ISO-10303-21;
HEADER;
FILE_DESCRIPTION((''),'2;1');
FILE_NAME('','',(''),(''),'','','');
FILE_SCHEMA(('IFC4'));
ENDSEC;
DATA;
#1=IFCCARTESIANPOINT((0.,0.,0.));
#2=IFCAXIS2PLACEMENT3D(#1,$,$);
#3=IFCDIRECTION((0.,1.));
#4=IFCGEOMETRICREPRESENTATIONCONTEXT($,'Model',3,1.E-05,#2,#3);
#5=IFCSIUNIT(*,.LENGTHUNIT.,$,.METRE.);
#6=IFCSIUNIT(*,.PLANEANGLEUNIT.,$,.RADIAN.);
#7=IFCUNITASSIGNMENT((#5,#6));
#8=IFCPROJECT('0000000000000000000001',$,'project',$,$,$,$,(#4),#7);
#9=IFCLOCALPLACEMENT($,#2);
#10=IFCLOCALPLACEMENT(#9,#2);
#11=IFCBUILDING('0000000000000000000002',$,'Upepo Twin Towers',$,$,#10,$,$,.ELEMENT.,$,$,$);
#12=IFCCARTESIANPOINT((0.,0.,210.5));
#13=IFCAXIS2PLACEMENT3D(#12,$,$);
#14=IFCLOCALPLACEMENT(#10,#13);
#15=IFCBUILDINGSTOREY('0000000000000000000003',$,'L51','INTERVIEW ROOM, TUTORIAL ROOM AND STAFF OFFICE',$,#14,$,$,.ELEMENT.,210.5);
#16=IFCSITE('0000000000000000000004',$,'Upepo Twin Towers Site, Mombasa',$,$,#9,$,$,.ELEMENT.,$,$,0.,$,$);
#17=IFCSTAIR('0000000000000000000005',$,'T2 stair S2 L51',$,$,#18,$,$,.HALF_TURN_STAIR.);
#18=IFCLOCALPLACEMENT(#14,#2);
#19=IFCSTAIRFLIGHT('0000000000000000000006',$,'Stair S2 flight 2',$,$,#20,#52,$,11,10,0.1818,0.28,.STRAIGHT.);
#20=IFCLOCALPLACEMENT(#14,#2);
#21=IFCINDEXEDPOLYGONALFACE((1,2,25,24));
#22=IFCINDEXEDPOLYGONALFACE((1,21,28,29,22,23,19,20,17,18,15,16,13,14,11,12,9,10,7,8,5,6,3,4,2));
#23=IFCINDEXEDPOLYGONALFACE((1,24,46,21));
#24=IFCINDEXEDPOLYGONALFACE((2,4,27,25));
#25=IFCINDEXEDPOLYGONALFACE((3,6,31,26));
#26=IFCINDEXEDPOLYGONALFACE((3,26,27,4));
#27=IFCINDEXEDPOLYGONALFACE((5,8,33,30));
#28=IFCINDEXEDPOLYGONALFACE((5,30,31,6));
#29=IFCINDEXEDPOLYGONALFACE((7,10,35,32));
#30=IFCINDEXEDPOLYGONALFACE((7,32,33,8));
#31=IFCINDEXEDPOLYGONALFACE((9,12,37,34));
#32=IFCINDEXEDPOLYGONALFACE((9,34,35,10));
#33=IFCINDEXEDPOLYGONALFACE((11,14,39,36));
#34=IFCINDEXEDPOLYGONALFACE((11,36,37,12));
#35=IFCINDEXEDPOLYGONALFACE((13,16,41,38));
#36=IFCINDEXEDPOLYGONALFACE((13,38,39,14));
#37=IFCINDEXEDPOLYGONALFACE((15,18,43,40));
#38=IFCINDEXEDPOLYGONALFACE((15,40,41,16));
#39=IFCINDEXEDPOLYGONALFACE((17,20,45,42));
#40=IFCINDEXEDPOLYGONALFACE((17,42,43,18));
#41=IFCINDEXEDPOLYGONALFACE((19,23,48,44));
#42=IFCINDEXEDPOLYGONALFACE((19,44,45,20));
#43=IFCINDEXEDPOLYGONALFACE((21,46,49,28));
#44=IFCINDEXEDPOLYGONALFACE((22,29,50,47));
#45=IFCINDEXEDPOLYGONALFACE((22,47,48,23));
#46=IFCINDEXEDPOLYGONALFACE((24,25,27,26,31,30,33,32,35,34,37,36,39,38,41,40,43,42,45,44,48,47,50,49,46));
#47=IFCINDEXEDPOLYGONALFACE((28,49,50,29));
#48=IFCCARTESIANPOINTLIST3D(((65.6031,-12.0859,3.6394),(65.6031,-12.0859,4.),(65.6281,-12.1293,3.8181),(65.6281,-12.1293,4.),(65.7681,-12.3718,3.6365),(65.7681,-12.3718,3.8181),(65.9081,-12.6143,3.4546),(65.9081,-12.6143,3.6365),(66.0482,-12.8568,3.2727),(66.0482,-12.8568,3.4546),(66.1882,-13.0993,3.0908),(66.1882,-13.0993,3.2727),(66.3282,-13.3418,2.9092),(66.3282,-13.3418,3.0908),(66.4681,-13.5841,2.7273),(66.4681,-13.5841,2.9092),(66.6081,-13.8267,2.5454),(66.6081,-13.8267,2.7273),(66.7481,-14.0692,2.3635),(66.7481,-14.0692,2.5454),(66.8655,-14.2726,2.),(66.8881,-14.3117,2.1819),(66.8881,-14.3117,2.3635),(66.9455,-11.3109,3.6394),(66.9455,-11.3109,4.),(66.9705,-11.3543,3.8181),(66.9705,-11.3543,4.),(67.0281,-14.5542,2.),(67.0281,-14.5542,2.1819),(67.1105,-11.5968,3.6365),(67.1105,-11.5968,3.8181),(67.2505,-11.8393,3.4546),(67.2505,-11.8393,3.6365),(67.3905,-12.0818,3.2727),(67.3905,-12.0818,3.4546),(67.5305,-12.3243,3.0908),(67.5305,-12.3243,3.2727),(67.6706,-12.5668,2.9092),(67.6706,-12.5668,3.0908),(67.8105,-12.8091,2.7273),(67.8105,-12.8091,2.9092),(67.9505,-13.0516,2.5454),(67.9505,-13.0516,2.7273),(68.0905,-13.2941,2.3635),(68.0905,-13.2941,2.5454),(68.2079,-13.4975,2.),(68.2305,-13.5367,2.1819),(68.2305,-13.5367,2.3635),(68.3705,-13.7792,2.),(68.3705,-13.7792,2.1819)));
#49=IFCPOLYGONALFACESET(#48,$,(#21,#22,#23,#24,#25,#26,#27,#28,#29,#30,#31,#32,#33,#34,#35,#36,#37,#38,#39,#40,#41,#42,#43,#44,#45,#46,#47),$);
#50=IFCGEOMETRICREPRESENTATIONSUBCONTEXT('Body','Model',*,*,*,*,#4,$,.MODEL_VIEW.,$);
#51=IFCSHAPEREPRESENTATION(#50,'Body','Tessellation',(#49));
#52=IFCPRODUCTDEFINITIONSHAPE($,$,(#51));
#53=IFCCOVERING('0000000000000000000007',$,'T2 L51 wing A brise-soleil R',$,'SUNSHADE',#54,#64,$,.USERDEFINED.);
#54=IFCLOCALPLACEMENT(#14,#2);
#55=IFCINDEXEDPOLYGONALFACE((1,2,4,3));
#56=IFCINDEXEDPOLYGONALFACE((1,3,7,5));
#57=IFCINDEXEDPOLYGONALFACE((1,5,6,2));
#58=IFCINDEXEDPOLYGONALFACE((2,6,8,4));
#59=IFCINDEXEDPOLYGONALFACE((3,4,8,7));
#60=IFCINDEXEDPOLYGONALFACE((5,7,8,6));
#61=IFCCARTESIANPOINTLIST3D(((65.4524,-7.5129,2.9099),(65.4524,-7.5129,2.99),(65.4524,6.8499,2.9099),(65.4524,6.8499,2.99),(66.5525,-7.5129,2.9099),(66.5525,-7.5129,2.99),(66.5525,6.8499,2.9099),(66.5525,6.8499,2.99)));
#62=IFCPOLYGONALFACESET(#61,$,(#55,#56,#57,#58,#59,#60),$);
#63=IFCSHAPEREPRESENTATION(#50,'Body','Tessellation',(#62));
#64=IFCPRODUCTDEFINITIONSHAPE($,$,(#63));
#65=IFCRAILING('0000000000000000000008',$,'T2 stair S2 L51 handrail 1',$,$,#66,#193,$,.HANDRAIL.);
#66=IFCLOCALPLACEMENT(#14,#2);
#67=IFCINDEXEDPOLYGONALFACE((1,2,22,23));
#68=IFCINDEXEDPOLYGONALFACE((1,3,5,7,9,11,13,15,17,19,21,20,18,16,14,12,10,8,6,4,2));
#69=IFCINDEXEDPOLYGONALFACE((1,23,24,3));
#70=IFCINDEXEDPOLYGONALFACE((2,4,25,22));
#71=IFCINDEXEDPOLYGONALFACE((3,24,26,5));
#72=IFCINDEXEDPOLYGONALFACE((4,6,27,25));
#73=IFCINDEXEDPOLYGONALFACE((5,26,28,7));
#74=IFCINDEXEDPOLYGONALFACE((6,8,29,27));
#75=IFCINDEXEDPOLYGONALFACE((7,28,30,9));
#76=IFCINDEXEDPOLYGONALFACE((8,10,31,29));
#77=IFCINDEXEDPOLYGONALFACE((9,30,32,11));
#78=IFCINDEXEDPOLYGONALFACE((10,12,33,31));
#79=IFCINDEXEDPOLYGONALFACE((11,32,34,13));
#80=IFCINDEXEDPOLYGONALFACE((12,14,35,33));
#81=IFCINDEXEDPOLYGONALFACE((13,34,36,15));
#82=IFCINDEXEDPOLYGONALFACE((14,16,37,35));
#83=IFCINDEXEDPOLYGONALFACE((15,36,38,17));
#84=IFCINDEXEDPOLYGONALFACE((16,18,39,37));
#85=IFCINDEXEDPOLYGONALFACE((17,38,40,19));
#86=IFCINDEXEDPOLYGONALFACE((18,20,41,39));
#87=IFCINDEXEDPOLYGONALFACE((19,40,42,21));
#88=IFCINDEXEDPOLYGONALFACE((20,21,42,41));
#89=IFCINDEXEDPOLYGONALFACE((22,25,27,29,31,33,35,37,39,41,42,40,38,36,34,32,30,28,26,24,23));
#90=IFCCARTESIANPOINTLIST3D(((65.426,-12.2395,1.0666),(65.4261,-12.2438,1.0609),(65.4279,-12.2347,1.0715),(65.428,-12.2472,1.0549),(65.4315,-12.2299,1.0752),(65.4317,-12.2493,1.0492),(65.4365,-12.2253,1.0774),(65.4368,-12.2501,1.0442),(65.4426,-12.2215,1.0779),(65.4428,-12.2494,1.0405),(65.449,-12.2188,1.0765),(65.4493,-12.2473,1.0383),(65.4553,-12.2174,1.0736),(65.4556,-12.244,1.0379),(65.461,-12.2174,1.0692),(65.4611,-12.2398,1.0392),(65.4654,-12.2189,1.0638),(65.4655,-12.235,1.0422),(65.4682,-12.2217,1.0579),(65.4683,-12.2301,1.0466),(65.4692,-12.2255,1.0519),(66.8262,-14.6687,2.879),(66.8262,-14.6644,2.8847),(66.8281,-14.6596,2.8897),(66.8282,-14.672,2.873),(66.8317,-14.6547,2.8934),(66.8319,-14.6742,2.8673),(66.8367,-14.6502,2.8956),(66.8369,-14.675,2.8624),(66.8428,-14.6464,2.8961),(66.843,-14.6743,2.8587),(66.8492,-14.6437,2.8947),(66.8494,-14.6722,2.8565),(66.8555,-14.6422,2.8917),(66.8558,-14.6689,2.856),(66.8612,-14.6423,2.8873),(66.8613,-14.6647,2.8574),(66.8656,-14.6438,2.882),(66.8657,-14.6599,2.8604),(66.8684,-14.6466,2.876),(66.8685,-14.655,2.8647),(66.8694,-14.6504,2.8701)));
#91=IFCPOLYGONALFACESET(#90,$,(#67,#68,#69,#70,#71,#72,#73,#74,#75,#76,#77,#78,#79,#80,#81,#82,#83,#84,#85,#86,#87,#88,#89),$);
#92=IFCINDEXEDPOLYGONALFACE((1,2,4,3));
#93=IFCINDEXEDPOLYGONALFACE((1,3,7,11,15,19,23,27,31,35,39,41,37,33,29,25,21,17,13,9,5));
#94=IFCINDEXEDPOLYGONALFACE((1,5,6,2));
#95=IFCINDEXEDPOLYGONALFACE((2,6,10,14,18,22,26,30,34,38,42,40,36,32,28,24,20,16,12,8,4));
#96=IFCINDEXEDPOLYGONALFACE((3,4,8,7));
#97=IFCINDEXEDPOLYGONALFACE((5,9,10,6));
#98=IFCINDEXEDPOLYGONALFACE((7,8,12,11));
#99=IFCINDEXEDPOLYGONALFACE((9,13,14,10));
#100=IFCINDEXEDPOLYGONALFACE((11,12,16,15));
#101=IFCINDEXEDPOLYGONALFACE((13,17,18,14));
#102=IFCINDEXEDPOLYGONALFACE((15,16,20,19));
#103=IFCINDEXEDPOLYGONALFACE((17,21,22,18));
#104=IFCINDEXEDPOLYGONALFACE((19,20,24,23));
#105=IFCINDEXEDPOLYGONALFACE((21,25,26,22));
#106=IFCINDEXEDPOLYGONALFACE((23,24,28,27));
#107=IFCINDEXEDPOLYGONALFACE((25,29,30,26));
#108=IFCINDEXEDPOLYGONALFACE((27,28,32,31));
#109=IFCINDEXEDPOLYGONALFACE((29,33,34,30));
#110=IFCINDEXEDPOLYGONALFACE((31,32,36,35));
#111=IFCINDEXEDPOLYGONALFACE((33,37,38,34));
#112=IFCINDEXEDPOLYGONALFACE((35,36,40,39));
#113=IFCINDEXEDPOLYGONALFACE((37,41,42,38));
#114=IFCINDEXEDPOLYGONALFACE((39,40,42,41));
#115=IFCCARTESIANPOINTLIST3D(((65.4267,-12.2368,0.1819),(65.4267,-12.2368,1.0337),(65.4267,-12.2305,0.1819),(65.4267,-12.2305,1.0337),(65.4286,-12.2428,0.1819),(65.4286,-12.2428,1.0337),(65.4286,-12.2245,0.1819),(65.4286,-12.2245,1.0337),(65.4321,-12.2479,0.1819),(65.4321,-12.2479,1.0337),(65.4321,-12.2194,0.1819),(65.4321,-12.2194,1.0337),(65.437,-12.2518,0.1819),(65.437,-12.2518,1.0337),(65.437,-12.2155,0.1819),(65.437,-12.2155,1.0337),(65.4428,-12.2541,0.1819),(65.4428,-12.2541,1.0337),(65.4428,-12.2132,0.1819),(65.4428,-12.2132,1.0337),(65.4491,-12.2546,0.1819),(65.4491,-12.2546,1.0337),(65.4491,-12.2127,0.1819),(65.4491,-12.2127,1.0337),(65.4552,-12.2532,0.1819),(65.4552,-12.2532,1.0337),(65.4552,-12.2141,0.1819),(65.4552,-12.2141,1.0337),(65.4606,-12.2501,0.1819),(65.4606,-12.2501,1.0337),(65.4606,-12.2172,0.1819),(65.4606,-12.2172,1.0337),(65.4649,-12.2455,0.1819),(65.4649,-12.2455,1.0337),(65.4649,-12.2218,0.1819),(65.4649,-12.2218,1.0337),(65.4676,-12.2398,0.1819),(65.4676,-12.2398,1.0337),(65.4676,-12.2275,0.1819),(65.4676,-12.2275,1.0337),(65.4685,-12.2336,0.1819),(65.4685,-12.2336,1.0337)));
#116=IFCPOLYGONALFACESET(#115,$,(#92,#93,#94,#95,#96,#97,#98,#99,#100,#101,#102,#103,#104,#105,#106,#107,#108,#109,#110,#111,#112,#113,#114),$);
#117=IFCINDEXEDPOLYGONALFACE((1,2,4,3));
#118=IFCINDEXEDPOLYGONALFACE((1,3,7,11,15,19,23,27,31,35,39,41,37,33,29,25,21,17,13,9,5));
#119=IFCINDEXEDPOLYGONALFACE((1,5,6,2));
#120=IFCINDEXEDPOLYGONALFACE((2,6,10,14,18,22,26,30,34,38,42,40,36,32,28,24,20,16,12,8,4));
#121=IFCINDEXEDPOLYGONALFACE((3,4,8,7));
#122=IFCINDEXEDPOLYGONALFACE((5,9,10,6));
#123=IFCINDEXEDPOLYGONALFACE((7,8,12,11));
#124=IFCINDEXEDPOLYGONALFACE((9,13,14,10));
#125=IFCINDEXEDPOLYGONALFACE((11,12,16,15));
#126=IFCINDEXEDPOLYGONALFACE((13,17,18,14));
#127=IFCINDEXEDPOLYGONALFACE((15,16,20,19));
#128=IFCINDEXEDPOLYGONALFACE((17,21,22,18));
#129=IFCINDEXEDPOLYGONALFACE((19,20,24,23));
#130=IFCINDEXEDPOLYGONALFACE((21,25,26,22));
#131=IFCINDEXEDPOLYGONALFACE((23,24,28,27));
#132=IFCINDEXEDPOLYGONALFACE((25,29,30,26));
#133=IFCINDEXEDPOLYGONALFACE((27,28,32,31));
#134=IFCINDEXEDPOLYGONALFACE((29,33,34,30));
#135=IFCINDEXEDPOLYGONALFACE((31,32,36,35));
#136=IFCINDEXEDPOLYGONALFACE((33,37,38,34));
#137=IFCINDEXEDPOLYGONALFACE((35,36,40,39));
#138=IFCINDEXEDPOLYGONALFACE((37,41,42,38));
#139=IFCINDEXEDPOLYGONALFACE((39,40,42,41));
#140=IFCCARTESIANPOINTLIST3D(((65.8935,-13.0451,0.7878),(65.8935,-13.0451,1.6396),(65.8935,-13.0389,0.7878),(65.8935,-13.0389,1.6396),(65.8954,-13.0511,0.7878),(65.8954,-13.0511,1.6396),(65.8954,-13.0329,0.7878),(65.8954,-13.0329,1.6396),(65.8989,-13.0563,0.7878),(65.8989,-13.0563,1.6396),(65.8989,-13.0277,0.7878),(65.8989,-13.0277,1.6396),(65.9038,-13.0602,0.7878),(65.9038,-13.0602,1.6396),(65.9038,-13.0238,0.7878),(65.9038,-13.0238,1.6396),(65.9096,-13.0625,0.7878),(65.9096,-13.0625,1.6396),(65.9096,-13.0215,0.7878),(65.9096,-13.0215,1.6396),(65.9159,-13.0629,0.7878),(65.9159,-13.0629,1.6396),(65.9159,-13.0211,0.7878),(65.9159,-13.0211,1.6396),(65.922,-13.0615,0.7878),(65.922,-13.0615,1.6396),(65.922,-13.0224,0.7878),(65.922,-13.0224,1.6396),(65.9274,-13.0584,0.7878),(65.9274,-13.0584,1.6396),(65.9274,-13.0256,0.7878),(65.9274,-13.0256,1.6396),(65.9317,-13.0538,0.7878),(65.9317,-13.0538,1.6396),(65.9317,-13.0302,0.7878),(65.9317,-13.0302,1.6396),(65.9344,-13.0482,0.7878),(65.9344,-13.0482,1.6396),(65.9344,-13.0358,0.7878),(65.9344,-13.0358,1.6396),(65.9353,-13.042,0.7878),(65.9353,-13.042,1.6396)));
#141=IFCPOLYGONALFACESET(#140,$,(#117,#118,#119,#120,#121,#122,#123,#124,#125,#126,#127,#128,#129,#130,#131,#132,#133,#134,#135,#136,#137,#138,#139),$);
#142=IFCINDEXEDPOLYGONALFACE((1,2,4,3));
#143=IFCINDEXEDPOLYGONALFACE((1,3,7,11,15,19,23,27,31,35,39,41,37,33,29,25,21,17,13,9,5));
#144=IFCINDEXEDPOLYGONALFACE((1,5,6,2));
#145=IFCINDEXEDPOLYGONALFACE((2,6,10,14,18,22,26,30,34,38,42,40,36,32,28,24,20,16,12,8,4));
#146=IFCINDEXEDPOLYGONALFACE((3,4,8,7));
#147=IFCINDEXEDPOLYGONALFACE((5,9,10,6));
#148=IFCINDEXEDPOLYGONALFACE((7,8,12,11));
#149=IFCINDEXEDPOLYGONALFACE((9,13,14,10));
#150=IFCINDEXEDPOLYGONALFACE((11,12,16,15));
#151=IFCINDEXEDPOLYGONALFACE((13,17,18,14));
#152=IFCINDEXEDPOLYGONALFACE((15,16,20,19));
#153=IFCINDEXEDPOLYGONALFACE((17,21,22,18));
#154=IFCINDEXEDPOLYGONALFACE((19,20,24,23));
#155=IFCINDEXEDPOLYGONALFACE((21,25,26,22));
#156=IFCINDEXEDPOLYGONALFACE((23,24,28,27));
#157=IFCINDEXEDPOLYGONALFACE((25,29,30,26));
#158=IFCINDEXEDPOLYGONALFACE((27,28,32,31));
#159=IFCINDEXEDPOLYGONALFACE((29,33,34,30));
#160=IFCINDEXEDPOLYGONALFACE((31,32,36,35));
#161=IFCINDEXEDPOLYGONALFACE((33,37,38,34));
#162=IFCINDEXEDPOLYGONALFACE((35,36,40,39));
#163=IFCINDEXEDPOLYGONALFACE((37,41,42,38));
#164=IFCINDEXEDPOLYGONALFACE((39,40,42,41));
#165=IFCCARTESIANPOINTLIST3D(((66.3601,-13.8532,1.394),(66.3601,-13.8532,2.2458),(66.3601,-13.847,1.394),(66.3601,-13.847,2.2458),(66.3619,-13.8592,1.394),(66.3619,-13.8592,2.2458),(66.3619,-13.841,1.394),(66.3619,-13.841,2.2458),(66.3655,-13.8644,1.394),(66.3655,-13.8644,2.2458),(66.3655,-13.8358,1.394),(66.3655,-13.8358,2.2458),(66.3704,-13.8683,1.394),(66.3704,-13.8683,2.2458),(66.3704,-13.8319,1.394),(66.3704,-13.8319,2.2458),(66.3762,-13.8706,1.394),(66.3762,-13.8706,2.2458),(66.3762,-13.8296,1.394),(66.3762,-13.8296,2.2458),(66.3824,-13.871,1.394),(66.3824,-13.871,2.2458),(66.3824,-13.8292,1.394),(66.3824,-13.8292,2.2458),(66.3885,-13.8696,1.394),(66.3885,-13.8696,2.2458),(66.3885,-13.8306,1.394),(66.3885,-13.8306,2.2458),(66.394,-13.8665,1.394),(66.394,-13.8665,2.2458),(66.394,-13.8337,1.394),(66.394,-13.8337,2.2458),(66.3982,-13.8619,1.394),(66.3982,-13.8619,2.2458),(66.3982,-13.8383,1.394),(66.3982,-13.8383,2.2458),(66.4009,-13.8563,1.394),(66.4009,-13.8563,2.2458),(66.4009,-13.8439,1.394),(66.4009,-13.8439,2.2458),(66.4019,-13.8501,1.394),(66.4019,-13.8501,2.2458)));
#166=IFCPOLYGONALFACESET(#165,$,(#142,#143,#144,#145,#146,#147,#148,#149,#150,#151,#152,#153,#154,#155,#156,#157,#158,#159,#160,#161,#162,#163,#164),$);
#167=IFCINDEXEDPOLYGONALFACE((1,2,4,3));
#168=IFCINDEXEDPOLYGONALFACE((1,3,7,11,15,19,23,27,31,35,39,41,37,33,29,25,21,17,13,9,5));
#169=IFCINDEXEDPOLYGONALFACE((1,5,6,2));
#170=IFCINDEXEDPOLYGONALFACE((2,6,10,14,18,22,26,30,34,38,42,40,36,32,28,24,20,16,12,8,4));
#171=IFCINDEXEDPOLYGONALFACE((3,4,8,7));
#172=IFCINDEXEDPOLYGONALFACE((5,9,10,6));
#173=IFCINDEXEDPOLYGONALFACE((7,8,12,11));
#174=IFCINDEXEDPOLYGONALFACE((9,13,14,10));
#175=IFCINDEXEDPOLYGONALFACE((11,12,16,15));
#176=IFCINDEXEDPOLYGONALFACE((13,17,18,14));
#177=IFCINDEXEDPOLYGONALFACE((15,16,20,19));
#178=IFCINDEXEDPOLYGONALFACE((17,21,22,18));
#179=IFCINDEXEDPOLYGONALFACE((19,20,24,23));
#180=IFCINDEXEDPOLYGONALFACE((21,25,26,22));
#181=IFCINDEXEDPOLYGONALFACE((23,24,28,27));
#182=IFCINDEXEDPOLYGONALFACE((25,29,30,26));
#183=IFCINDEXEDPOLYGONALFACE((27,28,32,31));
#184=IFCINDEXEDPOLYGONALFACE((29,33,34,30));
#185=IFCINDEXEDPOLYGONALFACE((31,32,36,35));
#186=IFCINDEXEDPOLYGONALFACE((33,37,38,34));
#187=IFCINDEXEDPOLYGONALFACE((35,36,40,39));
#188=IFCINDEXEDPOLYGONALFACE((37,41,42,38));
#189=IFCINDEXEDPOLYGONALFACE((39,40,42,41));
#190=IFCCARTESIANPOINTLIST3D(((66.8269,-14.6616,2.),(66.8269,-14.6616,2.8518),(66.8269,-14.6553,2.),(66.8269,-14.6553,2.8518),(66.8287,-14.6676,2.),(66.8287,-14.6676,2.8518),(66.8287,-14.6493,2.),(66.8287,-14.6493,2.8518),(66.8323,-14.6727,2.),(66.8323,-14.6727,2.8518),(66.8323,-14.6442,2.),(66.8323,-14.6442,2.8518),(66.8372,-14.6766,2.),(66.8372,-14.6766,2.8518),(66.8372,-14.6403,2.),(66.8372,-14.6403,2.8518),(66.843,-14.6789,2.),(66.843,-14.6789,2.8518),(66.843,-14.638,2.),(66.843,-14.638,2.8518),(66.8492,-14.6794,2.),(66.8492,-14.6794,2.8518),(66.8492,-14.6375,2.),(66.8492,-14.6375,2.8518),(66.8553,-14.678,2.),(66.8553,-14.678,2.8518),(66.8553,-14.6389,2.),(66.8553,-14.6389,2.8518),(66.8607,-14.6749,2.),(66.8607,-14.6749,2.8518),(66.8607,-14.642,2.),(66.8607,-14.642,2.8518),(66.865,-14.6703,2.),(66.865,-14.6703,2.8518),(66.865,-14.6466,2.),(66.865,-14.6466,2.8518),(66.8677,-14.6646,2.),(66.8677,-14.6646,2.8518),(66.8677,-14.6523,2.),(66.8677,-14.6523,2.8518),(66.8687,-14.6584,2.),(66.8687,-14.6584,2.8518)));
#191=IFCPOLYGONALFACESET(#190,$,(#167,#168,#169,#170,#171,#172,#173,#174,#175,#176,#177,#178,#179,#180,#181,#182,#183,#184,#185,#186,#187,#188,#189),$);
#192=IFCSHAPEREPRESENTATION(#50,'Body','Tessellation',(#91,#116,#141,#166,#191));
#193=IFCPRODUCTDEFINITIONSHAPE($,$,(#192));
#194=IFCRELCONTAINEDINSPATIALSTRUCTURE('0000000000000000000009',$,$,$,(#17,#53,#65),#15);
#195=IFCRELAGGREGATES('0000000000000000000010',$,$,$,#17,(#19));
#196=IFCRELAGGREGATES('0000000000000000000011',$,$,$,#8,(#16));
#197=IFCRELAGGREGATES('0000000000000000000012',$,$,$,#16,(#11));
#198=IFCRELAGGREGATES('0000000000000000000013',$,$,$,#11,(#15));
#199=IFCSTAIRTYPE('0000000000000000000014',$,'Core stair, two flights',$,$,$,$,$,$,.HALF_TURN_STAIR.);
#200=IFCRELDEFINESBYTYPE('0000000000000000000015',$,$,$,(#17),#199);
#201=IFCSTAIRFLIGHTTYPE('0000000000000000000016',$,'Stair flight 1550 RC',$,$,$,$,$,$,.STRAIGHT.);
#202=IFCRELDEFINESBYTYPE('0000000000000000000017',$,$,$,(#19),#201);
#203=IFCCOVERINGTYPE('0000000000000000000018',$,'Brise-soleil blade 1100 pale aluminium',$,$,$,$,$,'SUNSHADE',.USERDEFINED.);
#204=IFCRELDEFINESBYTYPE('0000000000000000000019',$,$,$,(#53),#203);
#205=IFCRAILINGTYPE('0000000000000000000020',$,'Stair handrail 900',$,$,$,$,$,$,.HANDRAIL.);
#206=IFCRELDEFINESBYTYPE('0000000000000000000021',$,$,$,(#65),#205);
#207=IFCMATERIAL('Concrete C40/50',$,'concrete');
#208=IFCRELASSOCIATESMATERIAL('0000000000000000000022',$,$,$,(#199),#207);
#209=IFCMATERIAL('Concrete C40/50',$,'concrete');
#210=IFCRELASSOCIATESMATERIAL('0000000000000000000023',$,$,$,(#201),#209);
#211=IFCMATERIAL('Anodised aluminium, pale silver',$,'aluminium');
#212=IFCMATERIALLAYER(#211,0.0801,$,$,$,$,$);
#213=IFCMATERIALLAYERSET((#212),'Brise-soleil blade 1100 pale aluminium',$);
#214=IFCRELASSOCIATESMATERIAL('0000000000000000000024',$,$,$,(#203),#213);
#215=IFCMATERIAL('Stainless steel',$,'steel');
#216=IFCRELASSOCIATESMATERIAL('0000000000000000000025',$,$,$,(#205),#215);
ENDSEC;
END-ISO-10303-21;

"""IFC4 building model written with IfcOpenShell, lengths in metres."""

from ifc_helpers import new_model, si_unit, direction, frame, origin, origin_2d, place, context, subcontext, project, spatial, polyline, rectangle, circle, outline, extrude, material, layer, layer_set, type_object, element, aggregate, save


model = new_model("IFC4")

# Units and contexts
model_context = context("Model", 3, precision=1e-05, world=origin(), true_north=direction((0.0, 1.0)))
body_context = subcontext(model_context, "Body", "Model", "MODEL_VIEW")
ifc_project = project(units=[si_unit("LENGTHUNIT", "METRE"), si_unit("PLANEANGLEUNIT", "RADIAN")], contexts=[model_context])

# Site, building, storey
site_placement = place(None, origin())
site = spatial("IfcSite", under=ifc_project, at=site_placement, Name="Upepo Twin Towers Site, Mombasa", CompositionType="ELEMENT", RefElevation=0.0)
building_placement = place(site_placement, origin())
building = spatial("IfcBuilding", under=site, at=building_placement, Name="Upepo Twin Towers", CompositionType="ELEMENT")
storey_placement = place(building_placement, frame((0.0, 0.0, 210.5)))
storey = spatial("IfcBuildingStorey", under=building, at=storey_placement, Name="L51", Description="INTERVIEW ROOM, TUTORIAL ROOM AND STAFF OFFICE", CompositionType="ELEMENT", Elevation=210.5)

# Stair, stair flight
ifc_material_1 = material(Name="Concrete C40/50", Category="concrete")
stair_type = type_object("IfcStairType", Name="Core stair, two flights", PredefinedType="HALF_TURN_STAIR", material=ifc_material_1)
stair_placement = place(storey_placement, origin())
stair = element("IfcStair", 1, at=stair_placement, inside=storey, type_object=stair_type, Name="T2 stair S2 L51", PredefinedType="HALF_TURN_STAIR")
ifc_material_2 = material(Name="Concrete C40/50", Category="concrete")
stair_flight_type = type_object("IfcStairFlightType", Name="Stair flight 1550 RC", PredefinedType="STRAIGHT", material=ifc_material_2)
stair_flight_1_placement = place(storey_placement, frame((67.6992, -14.1667, 2.0), z_axis=(0.0, 0.0, 1.0), x_axis=(-0.5, 0.866025, 0.0)))
stair_flight_1 = element("IfcStairFlight", 2, at=stair_flight_1_placement, type_object=stair_flight_type, Name="Stair S2 flight 2", NumberOfRisers=11, NumberOfTreads=10, PredefinedType="STRAIGHT", RiserHeight=0.1818, TreadLength=0.28, context=body_context, shape_type="SweptSolid", body=[
    extrude(outline(polyline([(0.0, 0.0), (0.0, 0.1819), (0.28, 0.1819), (0.28, 0.3635), (0.5601, 0.3635), (0.5601, 0.5454), (0.8401, 0.5454), (0.8401, 0.7273), (1.1201, 0.7273), (1.1201, 0.9092), (1.3999, 0.9092), (1.3999, 1.0908), (1.6799, 1.0908), (1.6799, 1.2727), (1.96, 1.2727), (1.96, 1.4546), (2.24, 1.4546), (2.24, 1.6365), (2.52, 1.6365), (2.52, 1.8181), (2.8, 1.8181), (2.8, 2.0), (2.8501, 2.0), (2.8501, 1.6394), (0.3252, 0.0), (0.0, 0.0)])), frame((0.0, 0.7749, 0.0), z_axis=(0.0, -1.0, 0.0), x_axis=(1.0, 0.0, 0.0)), (0.0, 0.0, 1.0), 1.55),
])
aggregate(stair, [stair_flight_1])

# Covering
ifc_material_3 = material(Name="Anodised aluminium, pale silver", Category="aluminium")
ifc_layer_1 = layer(ifc_material_3, 0.0801)
ifc_layer_set_1 = layer_set([ifc_layer_1], Name="Brise-soleil blade 1100 pale aluminium")
covering_type = type_object("IfcCoveringType", Name="Brise-soleil blade 1100 pale aluminium", ElementType="SUNSHADE", PredefinedType="USERDEFINED", material=ifc_layer_set_1)
covering_placement = place(storey_placement, frame((66.0024, -0.3315, 2.9099), z_axis=(0.0, 0.0, 1.0), x_axis=(0.0, 1.0, 0.0)))
element("IfcCovering", 3, at=covering_placement, inside=storey, type_object=covering_type, Name="T2 L51 wing A brise-soleil R", ObjectType="SUNSHADE", PredefinedType="USERDEFINED", context=body_context, shape_type="SweptSolid", body=[
    extrude(rectangle(XDim=14.3628, YDim=1.1001, at=origin_2d()), origin(), (0.0, 0.0, 1.0), 0.0801),
])

# Railing
ifc_material_4 = material(Name="Stainless steel", Category="steel")
railing_type = type_object("IfcRailingType", Name="Stair handrail 900", PredefinedType="HANDRAIL", material=ifc_material_4)
railing_1_placement = place(storey_placement, frame((65.4475, -12.2336, 0.1819)))
element("IfcRailing", 4, at=railing_1_placement, inside=storey, type_object=railing_type, Name="T2 stair S2 L51 handrail 1", PredefinedType="HANDRAIL", context=body_context, shape_type="SweptSolid", body=[
    extrude(circle(Radius=0.0239, at=origin_2d()), frame((0.0, 0.0, 0.876), z_axis=(0.419393, -0.726314, 0.544589), x_axis=(0.865997, 0.50005, 0.0)), (0.0, 0.0, 1.0), 3.3386),
    extrude(circle(Radius=0.021, at=origin_2d()), origin(), (0.0, 0.0, 1.0), 0.8518),
    extrude(circle(Radius=0.021, at=origin_2d()), frame((0.4668, -0.8083, 0.606)), (0.0, 0.0, 1.0), 0.8518),
    extrude(circle(Radius=0.021, at=origin_2d()), frame((0.9333, -1.6165, 1.2122)), (0.0, 0.0, 1.0), 0.8518),
    extrude(circle(Radius=0.021, at=origin_2d()), frame((1.4001, -2.4248, 1.8181)), (0.0, 0.0, 1.0), 0.8518),
])

save(model, "model.ifc")
